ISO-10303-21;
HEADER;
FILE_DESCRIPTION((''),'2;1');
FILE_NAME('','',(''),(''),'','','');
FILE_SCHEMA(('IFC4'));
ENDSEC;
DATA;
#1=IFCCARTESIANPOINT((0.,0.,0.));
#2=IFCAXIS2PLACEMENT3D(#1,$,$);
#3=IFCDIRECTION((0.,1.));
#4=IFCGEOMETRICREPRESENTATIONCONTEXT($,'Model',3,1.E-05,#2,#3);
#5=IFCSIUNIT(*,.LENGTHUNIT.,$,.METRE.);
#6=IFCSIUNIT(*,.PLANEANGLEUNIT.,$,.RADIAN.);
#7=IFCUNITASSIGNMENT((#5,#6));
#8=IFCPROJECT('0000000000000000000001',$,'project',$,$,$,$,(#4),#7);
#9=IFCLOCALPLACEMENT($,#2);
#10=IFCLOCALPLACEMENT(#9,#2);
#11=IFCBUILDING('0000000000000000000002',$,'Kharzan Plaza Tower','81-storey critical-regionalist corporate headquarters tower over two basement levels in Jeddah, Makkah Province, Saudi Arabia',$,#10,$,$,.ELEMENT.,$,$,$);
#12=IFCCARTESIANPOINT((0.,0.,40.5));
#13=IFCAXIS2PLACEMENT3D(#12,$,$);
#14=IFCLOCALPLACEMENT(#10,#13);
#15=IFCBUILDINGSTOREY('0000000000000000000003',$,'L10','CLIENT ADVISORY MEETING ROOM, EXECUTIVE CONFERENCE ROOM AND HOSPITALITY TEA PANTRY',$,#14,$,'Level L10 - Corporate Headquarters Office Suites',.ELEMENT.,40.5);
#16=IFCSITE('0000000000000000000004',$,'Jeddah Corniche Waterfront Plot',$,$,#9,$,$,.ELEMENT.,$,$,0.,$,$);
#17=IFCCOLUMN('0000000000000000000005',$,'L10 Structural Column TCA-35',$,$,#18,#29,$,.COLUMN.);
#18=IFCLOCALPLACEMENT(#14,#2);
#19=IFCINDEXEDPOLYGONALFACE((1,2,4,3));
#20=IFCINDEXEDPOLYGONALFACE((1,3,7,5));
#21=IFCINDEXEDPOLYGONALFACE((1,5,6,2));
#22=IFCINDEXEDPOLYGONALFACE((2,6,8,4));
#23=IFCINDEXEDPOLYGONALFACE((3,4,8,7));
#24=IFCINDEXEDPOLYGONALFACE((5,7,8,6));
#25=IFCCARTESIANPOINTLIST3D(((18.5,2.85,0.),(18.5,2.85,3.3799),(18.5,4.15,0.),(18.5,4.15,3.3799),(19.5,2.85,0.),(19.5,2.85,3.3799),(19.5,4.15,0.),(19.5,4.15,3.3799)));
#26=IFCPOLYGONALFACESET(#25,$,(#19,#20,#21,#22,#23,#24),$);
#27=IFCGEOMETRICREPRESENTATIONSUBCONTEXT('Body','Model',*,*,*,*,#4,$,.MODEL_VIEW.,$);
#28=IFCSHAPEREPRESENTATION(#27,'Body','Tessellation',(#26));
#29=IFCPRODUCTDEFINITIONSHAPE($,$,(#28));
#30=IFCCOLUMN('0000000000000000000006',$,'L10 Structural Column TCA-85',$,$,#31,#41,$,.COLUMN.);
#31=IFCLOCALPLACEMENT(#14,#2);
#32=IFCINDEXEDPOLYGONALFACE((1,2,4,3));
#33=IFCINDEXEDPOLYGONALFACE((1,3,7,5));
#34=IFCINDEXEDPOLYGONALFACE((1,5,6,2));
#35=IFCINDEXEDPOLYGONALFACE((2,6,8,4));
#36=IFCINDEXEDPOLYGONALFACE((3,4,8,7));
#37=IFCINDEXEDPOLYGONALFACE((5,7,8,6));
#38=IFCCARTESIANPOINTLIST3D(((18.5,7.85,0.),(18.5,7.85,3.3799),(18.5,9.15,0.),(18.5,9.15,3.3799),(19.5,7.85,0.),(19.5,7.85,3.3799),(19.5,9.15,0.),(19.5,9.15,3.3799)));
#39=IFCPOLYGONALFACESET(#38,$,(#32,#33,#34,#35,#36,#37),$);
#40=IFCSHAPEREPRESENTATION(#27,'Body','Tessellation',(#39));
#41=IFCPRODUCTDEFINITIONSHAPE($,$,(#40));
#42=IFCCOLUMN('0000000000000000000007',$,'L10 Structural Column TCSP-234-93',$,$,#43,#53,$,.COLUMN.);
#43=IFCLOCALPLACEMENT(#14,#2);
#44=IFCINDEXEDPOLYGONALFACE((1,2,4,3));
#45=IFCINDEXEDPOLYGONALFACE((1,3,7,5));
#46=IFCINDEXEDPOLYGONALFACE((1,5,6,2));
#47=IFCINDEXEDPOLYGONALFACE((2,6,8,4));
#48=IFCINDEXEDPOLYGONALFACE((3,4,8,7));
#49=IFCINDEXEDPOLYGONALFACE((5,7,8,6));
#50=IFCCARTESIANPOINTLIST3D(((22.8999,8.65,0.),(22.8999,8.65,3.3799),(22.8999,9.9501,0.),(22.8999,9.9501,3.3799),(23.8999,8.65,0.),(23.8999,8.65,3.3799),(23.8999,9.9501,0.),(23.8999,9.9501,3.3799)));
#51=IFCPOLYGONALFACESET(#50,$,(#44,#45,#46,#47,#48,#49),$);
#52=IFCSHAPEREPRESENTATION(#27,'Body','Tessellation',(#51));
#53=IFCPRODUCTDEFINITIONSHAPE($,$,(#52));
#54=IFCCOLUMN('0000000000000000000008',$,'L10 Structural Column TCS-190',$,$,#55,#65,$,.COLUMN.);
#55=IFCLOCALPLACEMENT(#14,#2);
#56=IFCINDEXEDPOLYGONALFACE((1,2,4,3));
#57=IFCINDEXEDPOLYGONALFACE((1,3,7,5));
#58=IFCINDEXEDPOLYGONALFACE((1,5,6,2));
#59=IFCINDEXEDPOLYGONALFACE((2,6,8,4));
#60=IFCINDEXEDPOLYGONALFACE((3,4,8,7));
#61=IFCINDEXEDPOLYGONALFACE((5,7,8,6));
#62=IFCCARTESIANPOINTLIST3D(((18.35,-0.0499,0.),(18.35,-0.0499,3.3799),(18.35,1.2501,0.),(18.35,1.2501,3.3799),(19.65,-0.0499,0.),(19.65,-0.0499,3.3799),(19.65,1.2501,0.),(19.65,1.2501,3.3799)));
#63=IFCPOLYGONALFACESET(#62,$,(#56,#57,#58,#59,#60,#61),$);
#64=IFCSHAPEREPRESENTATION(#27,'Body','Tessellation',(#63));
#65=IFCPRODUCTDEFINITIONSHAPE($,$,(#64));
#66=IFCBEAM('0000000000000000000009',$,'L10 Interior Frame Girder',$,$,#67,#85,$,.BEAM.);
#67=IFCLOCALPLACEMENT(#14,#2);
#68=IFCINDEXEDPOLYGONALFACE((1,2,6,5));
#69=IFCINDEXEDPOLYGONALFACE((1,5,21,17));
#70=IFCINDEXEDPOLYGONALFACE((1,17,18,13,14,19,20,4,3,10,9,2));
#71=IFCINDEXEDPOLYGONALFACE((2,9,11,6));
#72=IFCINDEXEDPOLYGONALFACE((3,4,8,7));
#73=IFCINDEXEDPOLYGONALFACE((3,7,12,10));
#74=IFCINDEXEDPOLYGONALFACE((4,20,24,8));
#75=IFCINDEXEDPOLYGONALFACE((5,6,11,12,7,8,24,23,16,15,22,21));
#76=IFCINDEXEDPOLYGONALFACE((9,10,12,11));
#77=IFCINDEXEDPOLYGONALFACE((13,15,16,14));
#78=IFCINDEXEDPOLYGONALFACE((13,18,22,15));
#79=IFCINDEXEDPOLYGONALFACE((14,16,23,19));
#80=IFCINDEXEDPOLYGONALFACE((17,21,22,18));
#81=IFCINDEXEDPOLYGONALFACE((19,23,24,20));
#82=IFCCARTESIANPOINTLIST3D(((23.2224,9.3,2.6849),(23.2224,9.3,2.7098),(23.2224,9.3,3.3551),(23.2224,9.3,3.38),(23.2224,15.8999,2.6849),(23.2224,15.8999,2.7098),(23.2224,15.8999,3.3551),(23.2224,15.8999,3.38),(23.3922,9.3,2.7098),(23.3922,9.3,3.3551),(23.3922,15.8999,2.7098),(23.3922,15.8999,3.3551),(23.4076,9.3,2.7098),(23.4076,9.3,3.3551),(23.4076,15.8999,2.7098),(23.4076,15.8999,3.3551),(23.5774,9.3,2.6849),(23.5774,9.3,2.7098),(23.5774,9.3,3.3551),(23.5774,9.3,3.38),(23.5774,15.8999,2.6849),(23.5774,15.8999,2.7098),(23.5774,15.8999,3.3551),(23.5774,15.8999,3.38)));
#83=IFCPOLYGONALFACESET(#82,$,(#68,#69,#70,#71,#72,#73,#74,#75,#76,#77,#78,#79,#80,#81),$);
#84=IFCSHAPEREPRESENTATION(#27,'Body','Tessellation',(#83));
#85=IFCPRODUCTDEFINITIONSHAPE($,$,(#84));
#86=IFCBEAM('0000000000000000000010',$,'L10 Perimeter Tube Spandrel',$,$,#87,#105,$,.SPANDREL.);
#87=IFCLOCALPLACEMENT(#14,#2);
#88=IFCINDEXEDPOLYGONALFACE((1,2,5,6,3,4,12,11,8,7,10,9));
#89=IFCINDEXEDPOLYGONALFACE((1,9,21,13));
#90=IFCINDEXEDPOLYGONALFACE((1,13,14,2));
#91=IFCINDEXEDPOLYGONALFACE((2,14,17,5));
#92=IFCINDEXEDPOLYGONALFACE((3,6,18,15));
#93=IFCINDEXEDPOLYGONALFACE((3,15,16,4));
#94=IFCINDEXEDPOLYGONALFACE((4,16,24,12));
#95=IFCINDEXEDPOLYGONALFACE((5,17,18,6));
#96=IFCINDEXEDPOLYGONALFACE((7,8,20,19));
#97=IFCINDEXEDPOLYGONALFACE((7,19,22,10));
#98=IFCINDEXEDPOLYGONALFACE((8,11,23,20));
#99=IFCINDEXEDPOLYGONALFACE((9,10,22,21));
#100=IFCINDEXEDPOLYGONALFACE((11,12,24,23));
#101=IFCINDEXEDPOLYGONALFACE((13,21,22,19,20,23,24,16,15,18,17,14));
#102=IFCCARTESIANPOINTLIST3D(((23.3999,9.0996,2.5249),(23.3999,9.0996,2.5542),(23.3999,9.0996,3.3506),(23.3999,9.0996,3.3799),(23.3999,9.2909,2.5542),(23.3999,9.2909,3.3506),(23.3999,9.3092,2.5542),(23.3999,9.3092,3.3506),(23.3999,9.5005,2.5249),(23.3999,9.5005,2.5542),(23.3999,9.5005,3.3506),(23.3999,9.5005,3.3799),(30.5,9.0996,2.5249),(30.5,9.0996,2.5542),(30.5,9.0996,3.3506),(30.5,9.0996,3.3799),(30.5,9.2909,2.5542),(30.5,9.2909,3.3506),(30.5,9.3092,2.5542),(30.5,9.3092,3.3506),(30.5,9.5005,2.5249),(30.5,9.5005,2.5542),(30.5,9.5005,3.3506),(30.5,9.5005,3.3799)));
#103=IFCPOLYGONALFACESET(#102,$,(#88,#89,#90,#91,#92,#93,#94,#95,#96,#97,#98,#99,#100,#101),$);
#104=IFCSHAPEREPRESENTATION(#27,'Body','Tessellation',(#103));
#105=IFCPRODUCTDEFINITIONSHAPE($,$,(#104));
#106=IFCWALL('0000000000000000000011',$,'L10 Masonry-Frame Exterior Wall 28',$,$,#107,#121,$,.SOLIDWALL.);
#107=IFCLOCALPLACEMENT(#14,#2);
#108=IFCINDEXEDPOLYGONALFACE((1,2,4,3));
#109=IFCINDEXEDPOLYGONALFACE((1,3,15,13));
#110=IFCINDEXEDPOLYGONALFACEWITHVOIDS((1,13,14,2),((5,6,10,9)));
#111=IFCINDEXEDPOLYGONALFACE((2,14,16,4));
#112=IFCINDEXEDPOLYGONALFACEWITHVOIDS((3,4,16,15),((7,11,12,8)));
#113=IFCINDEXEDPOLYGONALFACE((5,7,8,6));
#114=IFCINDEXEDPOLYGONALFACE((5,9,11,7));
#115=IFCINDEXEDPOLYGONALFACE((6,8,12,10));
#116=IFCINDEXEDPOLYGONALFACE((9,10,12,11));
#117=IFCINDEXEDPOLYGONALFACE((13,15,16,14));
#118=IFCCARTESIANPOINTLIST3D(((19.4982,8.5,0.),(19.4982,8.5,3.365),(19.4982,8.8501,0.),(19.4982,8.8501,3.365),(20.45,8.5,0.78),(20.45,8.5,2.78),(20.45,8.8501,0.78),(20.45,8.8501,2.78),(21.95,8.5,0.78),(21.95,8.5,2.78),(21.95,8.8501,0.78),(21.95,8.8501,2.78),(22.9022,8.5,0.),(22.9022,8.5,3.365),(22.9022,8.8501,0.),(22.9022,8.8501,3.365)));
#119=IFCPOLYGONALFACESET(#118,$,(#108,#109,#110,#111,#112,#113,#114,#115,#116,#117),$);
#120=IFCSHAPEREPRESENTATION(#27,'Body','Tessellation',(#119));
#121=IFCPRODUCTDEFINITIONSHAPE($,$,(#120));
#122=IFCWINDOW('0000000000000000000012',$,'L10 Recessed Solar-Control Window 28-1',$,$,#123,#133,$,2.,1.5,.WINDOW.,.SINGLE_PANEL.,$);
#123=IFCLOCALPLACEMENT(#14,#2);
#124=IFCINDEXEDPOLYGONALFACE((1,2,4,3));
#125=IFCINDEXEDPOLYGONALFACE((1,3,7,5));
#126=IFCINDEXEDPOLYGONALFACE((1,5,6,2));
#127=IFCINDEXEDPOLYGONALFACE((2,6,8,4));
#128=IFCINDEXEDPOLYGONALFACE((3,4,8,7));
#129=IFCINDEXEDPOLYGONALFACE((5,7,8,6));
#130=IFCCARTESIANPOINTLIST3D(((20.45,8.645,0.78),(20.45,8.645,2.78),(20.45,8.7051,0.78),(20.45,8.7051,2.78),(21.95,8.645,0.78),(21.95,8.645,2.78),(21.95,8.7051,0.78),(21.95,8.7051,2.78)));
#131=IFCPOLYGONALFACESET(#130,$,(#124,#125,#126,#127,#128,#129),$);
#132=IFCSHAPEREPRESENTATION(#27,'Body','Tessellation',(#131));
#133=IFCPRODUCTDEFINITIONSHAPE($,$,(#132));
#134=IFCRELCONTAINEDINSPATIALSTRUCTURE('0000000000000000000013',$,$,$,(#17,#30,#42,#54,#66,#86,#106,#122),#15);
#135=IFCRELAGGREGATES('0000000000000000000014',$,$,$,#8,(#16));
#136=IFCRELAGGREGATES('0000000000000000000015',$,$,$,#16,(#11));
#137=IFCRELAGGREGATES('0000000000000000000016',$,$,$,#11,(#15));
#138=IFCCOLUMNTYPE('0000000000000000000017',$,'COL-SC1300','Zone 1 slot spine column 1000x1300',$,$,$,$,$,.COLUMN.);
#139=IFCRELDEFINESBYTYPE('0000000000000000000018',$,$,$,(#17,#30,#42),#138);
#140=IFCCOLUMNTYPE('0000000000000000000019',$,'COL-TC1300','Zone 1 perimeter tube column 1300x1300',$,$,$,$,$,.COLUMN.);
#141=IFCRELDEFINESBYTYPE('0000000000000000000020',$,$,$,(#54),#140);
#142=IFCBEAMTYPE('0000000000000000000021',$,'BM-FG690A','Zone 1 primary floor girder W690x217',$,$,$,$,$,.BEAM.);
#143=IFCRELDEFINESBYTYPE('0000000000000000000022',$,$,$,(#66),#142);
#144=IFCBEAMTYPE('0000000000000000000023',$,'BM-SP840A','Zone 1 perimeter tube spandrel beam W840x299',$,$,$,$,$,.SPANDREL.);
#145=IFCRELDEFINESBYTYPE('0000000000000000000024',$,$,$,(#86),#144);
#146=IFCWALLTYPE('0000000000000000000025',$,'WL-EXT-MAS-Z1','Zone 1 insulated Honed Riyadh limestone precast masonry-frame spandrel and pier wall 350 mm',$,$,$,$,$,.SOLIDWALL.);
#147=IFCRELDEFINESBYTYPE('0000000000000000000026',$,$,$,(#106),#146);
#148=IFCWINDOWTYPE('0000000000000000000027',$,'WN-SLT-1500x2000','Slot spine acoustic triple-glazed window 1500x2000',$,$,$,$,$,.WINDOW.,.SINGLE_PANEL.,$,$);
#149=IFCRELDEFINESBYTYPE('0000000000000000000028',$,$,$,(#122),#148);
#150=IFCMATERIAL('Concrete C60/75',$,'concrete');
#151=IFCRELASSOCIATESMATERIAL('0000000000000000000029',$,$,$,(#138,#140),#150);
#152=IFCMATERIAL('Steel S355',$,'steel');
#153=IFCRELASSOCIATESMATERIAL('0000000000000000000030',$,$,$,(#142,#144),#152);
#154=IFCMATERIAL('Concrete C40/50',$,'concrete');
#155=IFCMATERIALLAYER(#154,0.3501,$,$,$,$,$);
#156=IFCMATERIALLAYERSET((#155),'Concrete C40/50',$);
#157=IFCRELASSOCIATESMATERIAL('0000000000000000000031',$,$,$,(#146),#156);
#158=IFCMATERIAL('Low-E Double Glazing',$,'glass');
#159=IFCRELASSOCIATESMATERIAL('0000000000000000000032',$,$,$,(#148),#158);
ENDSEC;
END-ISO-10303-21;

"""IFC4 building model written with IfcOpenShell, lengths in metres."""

from ifc_helpers import new_model, si_unit, direction, frame, frame_2d, origin, origin_2d, place, context, subcontext, project, spatial, rectangle, i_section, extrude, source, transform, mapped, material, layer, layer_set, material_profile, profile_set, type_object, element, fill, save


model = new_model("IFC4")

# Units and contexts
model_context = context("Model", 3, precision=1e-05, world=origin(), true_north=direction((0.0, 1.0)))
body_context = subcontext(model_context, "Body", "Model", "MODEL_VIEW")
ifc_project = project(units=[si_unit("LENGTHUNIT", "METRE"), si_unit("PLANEANGLEUNIT", "RADIAN")], contexts=[model_context])

# Site, building, storey
site_placement = place(None, origin())
site = spatial("IfcSite", under=ifc_project, at=site_placement, Name="Jeddah Corniche Waterfront Plot", CompositionType="ELEMENT", RefElevation=0.0)
building_placement = place(site_placement, origin())
building = spatial("IfcBuilding", under=site, at=building_placement, Name="Kharzan Plaza Tower", Description="81-storey critical-regionalist corporate headquarters tower over two basement levels in Jeddah, Makkah Province, Saudi Arabia", CompositionType="ELEMENT")
storey_placement = place(building_placement, frame((0.0, 0.0, 40.5)))
storey = spatial("IfcBuildingStorey", under=building, at=storey_placement, Name="L10", Description="CLIENT ADVISORY MEETING ROOM, EXECUTIVE CONFERENCE ROOM AND HOSPITALITY TEA PANTRY", LongName="Level L10 - Corporate Headquarters Office Suites", CompositionType="ELEMENT", Elevation=40.5)

# Columns
ifc_material_1 = material(Name="Concrete C60/75", Category="concrete")
ifc_material_profile_1 = material_profile(ifc_material_1, rectangle(XDim=1.0, YDim=1.3, at=origin_2d()), Name="RC-SC1300x1000")
ifc_profile_set_1 = profile_set([ifc_material_profile_1], Name="Concrete C60/75")
column_type_1 = type_object("IfcColumnType", Name="COL-SC1300", Description="Zone 1 slot spine column 1000x1300", PredefinedType="COLUMN", material=ifc_profile_set_1)
shared_shape_1 = source(origin(), body_context, "Body", "SweptSolid", [
    extrude(rectangle(XDim=1.0, YDim=1.3, at=origin_2d()), origin(), (0.0, 0.0, 1.0), 3.3799),
])
for number, where, z_axis, x_axis, name in (
    (1, (19.0, 3.5, 0.0), (0.0, 0.0, 1.0), (1.0, 0.0, 0.0), "L10 Structural Column TCA-35"),
    (2, (19.0, 8.5, 0.0), (0.0, 0.0, 1.0), (1.0, 0.0, 0.0), "L10 Structural Column TCA-85"),
    (3, (23.3999, 9.3, 0.0), (0.0, 0.0, 1.0), (1.0, 0.0, 0.0), "L10 Structural Column TCSP-234-93"),
):
    element("IfcColumn", number, at=place(storey_placement, frame(where, z_axis=z_axis, x_axis=x_axis)), inside=storey, type_object=column_type_1, Name=name, PredefinedType="COLUMN", context=body_context, shape_type="MappedRepresentation", body=[
        mapped(shared_shape_1, transform((0.0, 0.0, 0.0), x_axis=(1.0, 0.0, 0.0), y_axis=(0.0, 1.0, 0.0), z_axis=(0.0, 0.0, 1.0))),
    ])
ifc_material_profile_2 = material_profile(ifc_material_1, rectangle(XDim=1.3, YDim=1.3, at=origin_2d()), Name="RC-TC1300x1300")
ifc_profile_set_2 = profile_set([ifc_material_profile_2], Name="Concrete C60/75")
column_type_2 = type_object("IfcColumnType", Name="COL-TC1300", Description="Zone 1 perimeter tube column 1300x1300", PredefinedType="COLUMN", material=ifc_profile_set_2)
shared_shape_2 = source(origin(), body_context, "Body", "SweptSolid", [
    extrude(rectangle(XDim=1.3, YDim=1.3, at=origin_2d()), origin(), (0.0, 0.0, 1.0), 3.3799),
])
column_placement = place(storey_placement, frame((19.0, 0.6001, 0.0), z_axis=(0.0, 0.0, 1.0), x_axis=(1.0, 0.0, 0.0)))
element("IfcColumn", 4, at=column_placement, inside=storey, type_object=column_type_2, Name="L10 Structural Column TCS-190", PredefinedType="COLUMN", context=body_context, shape_type="MappedRepresentation", body=[
    mapped(shared_shape_2, transform((0.0, 0.0, 0.0), x_axis=(1.0, 0.0, 0.0), y_axis=(0.0, 1.0, 0.0), z_axis=(0.0, 0.0, 1.0))),
])

# Beams
ifc_material_2 = material(Name="Steel S355", Category="steel")
ifc_material_profile_3 = material_profile(ifc_material_2, i_section(OverallWidth=0.355, OverallDepth=0.6951, WebThickness=0.0154, FlangeThickness=0.0249, at=origin_2d()), Name="W690x217")
ifc_profile_set_3 = profile_set([ifc_material_profile_3], Name="Steel S355")
beam_type_1 = type_object("IfcBeamType", Name="BM-FG690A", Description="Zone 1 primary floor girder W690x217", PredefinedType="BEAM", material=ifc_profile_set_3)
shared_shape_3 = source(origin(), body_context, "Body", "SweptSolid", [
    extrude(i_section(OverallWidth=0.355, OverallDepth=0.6951, WebThickness=0.0154, FlangeThickness=0.0249, at=origin_2d()), origin(), (0.0, 0.0, 1.0), 6.5999),
])
beam_1_placement = place(storey_placement, frame((23.3999, 9.3, 3.0325), z_axis=(0.0, 1.0, 0.0), x_axis=(-1.0, 0.0, 0.0)))
element("IfcBeam", 5, at=beam_1_placement, inside=storey, type_object=beam_type_1, Name="L10 Interior Frame Girder", PredefinedType="BEAM", context=body_context, shape_type="MappedRepresentation", body=[
    mapped(shared_shape_3, transform((0.0, 0.0, 0.0), x_axis=(1.0, 0.0, 0.0), y_axis=(0.0, 1.0, 0.0), z_axis=(0.0, 0.0, 1.0))),
])
ifc_material_profile_4 = material_profile(ifc_material_2, i_section(OverallWidth=0.4009, OverallDepth=0.855, WebThickness=0.0183, FlangeThickness=0.0293, at=origin_2d()), Name="W840x299")
ifc_profile_set_4 = profile_set([ifc_material_profile_4], Name="Steel S355")
beam_type_2 = type_object("IfcBeamType", Name="BM-SP840A", Description="Zone 1 perimeter tube spandrel beam W840x299", PredefinedType="SPANDREL", material=ifc_profile_set_4)
shared_shape_4 = source(origin(), body_context, "Body", "SweptSolid", [
    extrude(i_section(OverallWidth=0.4009, OverallDepth=0.855, WebThickness=0.0183, FlangeThickness=0.0293, at=origin_2d()), origin(), (0.0, 0.0, 1.0), 7.1001),
])
beam_2_placement = place(storey_placement, frame((23.3999, 9.3, 2.9524), z_axis=(1.0, 0.0, 0.0), x_axis=(0.0, 1.0, 0.0)))
element("IfcBeam", 6, at=beam_2_placement, inside=storey, type_object=beam_type_2, Name="L10 Perimeter Tube Spandrel", PredefinedType="SPANDREL", context=body_context, shape_type="MappedRepresentation", body=[
    mapped(shared_shape_4, transform((0.0, 0.0, 0.0), x_axis=(1.0, 0.0, 0.0), y_axis=(0.0, 1.0, 0.0), z_axis=(0.0, 0.0, 1.0))),
])

# Wall, opening, window
ifc_material_3 = material(Name="Concrete C40/50", Category="concrete")
ifc_layer_1 = layer(ifc_material_3, 0.3501)
ifc_layer_set_1 = layer_set([ifc_layer_1], Name="Concrete C40/50")
wall_type_1 = type_object("IfcWallType", Name="WL-EXT-MAS-Z1", Description="Zone 1 insulated Honed Riyadh limestone precast masonry-frame spandrel and pier wall 350 mm", PredefinedType="SOLIDWALL", material=ifc_layer_set_1)
wall_1_placement = place(storey_placement, frame((19.498, 8.675, 0.0), z_axis=(0.0, 0.0, 1.0), x_axis=(1.0, 0.0, 0.0)))
wall_1 = element("IfcWall", 7, at=wall_1_placement, inside=storey, type_object=wall_type_1, Name="L10 Masonry-Frame Exterior Wall 28", PredefinedType="SOLIDWALL", context=body_context, shape_type="SweptSolid", body=[
    extrude(rectangle(XDim=3.4041, YDim=0.3501, at=frame_2d((1.7021, 0.0))), origin(), (0.0, 0.0, 1.0), 3.365),
])
opening_1_placement = place(wall_1_placement, frame((0.9519, 0.0, 0.78)))
opening_1 = element("IfcOpeningElement", 8, at=opening_1_placement, cuts=wall_1, PredefinedType="OPENING", context=body_context, shape_type="SweptSolid", body=[
    extrude(rectangle(XDim=1.5, YDim=2.0, at=frame_2d((0.75, 1.0))), frame((0.0, 0.1851, 0.0), z_axis=(0.0, -1.0, 0.0), x_axis=(1.0, 0.0, 0.0)), (0.0, 0.0, 1.0), 0.3701),
])
ifc_material_4 = material(Name="Low-E Double Glazing", Category="glass")
window_type = type_object("IfcWindowType", Name="WN-SLT-1500x2000", Description="Slot spine acoustic triple-glazed window 1500x2000", PartitioningType="SINGLE_PANEL", PredefinedType="WINDOW", material=ifc_material_4)
shared_shape_5 = source(origin(), body_context, "Body", "SweptSolid", [
    extrude(rectangle(XDim=1.5, YDim=2.0, at=frame_2d((0.75, 1.0))), frame((0.0, 0.03, 0.0), z_axis=(0.0, -1.0, 0.0), x_axis=(1.0, 0.0, 0.0)), (0.0, 0.0, 1.0), 0.0601),
])
window_1_placement = place(opening_1_placement, origin())
window_1 = element("IfcWindow", 9, at=window_1_placement, inside=storey, type_object=window_type, Name="L10 Recessed Solar-Control Window 28-1", OverallHeight=2.0, OverallWidth=1.5, PartitioningType="SINGLE_PANEL", PredefinedType="WINDOW", context=body_context, shape_type="MappedRepresentation", body=[
    mapped(shared_shape_5, transform((0.0, 0.0, 0.0), x_axis=(1.0, 0.0, 0.0), y_axis=(0.0, 1.0, 0.0), z_axis=(0.0, 0.0, 1.0))),
])
fill(opening_1, window_1)

save(model, "model.ifc")
